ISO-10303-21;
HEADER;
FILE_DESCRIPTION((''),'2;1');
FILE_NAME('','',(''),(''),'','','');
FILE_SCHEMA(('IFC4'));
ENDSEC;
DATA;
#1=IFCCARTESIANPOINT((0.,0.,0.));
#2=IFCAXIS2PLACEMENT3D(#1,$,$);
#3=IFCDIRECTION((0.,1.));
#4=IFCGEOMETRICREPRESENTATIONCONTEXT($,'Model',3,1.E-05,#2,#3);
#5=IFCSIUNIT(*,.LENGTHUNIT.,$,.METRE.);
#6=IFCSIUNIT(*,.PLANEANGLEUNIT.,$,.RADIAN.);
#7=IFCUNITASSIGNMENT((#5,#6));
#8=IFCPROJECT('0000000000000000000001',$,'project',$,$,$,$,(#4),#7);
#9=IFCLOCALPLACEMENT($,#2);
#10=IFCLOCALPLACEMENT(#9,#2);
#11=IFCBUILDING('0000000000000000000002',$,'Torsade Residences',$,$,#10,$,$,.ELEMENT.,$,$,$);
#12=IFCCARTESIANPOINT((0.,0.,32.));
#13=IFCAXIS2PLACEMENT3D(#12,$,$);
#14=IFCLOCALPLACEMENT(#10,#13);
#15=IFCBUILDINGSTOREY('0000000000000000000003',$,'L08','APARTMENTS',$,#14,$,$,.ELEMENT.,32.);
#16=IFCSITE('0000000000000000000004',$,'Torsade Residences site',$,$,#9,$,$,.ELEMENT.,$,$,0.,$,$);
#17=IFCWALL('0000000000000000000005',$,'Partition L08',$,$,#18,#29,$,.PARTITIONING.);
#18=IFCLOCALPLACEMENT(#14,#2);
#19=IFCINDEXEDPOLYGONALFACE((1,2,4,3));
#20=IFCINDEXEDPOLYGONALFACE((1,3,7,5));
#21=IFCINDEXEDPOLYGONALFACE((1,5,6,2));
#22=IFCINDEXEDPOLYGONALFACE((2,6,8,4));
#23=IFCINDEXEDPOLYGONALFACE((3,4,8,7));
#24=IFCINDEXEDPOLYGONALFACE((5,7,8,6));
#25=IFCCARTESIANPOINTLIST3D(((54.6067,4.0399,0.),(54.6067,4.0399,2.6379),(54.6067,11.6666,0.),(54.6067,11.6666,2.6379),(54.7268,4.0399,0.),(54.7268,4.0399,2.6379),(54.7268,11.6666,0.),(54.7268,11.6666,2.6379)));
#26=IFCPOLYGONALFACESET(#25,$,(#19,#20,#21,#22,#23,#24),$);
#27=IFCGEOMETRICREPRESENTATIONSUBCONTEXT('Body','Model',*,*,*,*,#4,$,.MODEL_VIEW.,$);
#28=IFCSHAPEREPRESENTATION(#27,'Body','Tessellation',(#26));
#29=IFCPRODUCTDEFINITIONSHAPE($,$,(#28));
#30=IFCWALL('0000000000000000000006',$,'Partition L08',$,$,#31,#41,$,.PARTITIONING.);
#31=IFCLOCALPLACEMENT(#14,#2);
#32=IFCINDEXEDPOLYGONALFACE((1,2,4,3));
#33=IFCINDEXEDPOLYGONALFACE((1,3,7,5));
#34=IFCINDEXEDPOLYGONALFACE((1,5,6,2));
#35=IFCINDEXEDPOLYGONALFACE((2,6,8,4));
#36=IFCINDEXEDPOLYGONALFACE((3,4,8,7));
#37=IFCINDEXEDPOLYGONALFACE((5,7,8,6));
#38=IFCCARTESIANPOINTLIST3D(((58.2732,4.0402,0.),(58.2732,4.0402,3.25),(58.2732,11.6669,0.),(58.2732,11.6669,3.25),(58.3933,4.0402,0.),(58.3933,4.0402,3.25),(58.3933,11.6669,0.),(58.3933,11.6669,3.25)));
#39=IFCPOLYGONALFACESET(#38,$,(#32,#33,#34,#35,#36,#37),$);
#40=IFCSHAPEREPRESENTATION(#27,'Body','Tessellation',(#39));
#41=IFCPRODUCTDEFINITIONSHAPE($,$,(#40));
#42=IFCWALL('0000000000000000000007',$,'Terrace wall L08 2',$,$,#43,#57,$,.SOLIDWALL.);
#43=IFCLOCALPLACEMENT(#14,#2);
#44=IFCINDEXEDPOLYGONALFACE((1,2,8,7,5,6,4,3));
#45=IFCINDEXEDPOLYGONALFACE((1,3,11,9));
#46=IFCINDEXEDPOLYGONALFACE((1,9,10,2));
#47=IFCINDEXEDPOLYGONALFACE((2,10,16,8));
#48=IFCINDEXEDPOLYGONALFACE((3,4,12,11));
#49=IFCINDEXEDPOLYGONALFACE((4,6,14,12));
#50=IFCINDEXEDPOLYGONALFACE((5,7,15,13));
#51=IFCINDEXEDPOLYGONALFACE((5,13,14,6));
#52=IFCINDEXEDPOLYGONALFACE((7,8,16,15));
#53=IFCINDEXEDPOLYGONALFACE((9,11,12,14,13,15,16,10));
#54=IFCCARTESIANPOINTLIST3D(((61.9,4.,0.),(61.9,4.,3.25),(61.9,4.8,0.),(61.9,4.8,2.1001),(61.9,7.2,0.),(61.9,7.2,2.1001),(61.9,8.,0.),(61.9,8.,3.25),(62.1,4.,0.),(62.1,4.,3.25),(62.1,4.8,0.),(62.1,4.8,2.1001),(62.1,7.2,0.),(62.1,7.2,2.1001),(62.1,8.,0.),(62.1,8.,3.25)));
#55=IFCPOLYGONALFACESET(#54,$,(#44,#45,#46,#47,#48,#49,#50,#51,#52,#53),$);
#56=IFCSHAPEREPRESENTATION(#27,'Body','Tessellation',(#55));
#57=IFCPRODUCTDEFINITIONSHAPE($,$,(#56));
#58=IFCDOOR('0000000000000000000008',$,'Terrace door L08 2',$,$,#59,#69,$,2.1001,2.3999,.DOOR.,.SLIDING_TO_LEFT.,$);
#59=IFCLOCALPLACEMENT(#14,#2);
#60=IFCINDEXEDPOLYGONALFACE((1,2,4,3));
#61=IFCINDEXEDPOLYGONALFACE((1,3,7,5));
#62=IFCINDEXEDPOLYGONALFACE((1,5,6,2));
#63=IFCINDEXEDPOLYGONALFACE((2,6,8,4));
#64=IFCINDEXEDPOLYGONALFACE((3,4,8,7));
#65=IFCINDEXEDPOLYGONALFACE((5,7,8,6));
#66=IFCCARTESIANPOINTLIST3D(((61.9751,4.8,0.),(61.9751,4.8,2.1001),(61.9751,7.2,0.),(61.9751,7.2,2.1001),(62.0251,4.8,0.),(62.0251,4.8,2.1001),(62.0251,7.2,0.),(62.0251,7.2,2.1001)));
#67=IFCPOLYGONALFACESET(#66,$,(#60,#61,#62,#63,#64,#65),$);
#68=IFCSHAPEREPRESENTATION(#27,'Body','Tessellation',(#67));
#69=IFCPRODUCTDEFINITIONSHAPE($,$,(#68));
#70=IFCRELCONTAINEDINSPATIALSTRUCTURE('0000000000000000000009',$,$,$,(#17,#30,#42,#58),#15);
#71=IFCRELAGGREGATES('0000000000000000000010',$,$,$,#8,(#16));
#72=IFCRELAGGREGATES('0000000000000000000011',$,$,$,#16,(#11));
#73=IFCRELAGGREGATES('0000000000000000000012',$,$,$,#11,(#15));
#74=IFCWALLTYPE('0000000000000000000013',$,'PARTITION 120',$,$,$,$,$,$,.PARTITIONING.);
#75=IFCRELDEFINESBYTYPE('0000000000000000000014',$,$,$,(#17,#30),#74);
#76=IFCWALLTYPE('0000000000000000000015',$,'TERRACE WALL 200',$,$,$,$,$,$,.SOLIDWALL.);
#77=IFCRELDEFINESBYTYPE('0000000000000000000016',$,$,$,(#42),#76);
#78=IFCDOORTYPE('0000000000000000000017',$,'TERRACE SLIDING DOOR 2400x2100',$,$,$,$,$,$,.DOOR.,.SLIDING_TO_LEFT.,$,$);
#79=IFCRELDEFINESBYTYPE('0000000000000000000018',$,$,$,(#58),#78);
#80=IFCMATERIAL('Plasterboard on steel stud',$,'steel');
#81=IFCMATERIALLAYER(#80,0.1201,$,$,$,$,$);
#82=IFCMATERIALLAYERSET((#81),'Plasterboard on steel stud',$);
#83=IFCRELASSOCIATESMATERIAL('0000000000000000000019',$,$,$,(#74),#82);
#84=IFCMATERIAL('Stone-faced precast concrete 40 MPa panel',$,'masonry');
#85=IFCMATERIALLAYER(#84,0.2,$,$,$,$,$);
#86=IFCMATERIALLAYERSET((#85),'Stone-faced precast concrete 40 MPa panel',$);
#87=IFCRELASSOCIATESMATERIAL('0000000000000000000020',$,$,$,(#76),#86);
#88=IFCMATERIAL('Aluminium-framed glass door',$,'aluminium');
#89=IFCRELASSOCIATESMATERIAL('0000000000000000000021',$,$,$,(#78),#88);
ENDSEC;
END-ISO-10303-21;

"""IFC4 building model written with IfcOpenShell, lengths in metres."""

from ifc_helpers import new_model, si_unit, direction, frame, frame_2d, origin, place, context, subcontext, project, spatial, rectangle, extrude, material, layer, layer_set, type_object, element, fill, save


model = new_model("IFC4")

# Units and contexts
model_context = context("Model", 3, precision=1e-05, world=origin(), true_north=direction((0.0, 1.0)))
body_context = subcontext(model_context, "Body", "Model", "MODEL_VIEW")
ifc_project = project(units=[si_unit("LENGTHUNIT", "METRE"), si_unit("PLANEANGLEUNIT", "RADIAN")], contexts=[model_context])

# Site, building, storey
site_placement = place(None, origin())
site = spatial("IfcSite", under=ifc_project, at=site_placement, Name="Torsade Residences site", CompositionType="ELEMENT", RefElevation=0.0)
building_placement = place(site_placement, origin())
building = spatial("IfcBuilding", under=site, at=building_placement, Name="Torsade Residences", CompositionType="ELEMENT")
storey_placement = place(building_placement, frame((0.0, 0.0, 32.0)))
storey = spatial("IfcBuildingStorey", under=building, at=storey_placement, Name="L08", Description="APARTMENTS", CompositionType="ELEMENT", Elevation=32.0)

# Shared definitions
ifc_material_1 = material(Name="Plasterboard on steel stud", Category="steel")
ifc_layer_1 = layer(ifc_material_1, 0.1201)
ifc_layer_set_1 = layer_set([ifc_layer_1], Name="Plasterboard on steel stud")
wall_type_1 = type_object("IfcWallType", Name="PARTITION 120", PredefinedType="PARTITIONING", material=ifc_layer_set_1)

# Walls
wall_1_placement = place(storey_placement, frame((54.6667, 11.6667, 0.0), z_axis=(0.0, 0.0, 1.0), x_axis=(0.0, -1.0, 0.0)))
element("IfcWall", 1, at=wall_1_placement, inside=storey, type_object=wall_type_1, Name="Partition L08", PredefinedType="PARTITIONING", context=body_context, shape_type="SweptSolid", body=[
    extrude(rectangle(XDim=7.6267, YDim=0.1201, at=frame_2d((3.8135, 0.0))), origin(), (0.0, 0.0, 1.0), 2.6379),
])
wall_2_placement = place(storey_placement, frame((58.3333, 4.04, 0.0), z_axis=(0.0, 0.0, 1.0), x_axis=(0.0, 1.0, 0.0)))
element("IfcWall", 2, at=wall_2_placement, inside=storey, type_object=wall_type_1, Name="Partition L08", PredefinedType="PARTITIONING", context=body_context, shape_type="SweptSolid", body=[
    extrude(rectangle(XDim=7.6267, YDim=0.1201, at=frame_2d((3.8135, 0.0))), origin(), (0.0, 0.0, 1.0), 3.25),
])

# Wall, opening, door
ifc_material_2 = material(Name="Stone-faced precast concrete 40 MPa panel", Category="masonry")
ifc_layer_2 = layer(ifc_material_2, 0.2)
ifc_layer_set_2 = layer_set([ifc_layer_2], Name="Stone-faced precast concrete 40 MPa panel")
wall_type_2 = type_object("IfcWallType", Name="TERRACE WALL 200", PredefinedType="SOLIDWALL", material=ifc_layer_set_2)
wall_3_placement = place(storey_placement, frame((62.0, 4.0, 0.0), z_axis=(0.0, 0.0, 1.0), x_axis=(0.0, 1.0, 0.0)))
wall_3 = element("IfcWall", 3, at=wall_3_placement, inside=storey, type_object=wall_type_2, Name="Terrace wall L08 2", PredefinedType="SOLIDWALL", context=body_context, shape_type="SweptSolid", body=[
    extrude(rectangle(XDim=4.0, YDim=0.2, at=frame_2d((2.0, 0.0))), origin(), (0.0, 0.0, 1.0), 3.25),
])
opening_1_placement = place(wall_3_placement, frame((0.8, 0.0, 0.0)))
opening_1 = element("IfcOpeningElement", 4, at=opening_1_placement, cuts=wall_3, PredefinedType="OPENING", context=body_context, shape_type="SweptSolid", body=[
    extrude(rectangle(XDim=2.3999, YDim=2.1001, at=frame_2d((1.2, 1.05))), frame((0.0, 0.1099, 0.0), z_axis=(0.0, -1.0, 0.0), x_axis=(1.0, 0.0, 0.0)), (0.0, 0.0, 1.0), 0.22),
])
ifc_material_3 = material(Name="Aluminium-framed glass door", Category="aluminium")
door_type_1 = type_object("IfcDoorType", Name="TERRACE SLIDING DOOR 2400x2100", OperationType="SLIDING_TO_LEFT", PredefinedType="DOOR", material=ifc_material_3)
door_1_placement = place(opening_1_placement, origin())
door_1 = element("IfcDoor", 5, at=door_1_placement, inside=storey, type_object=door_type_1, Name="Terrace door L08 2", OperationType="SLIDING_TO_LEFT", OverallHeight=2.1001, OverallWidth=2.3999, PredefinedType="DOOR", context=body_context, shape_type="SweptSolid", body=[
    extrude(rectangle(XDim=2.3999, YDim=2.1001, at=frame_2d((1.2, 1.05))), frame((0.0, 0.0249, 0.0), z_axis=(0.0, -1.0, 0.0), x_axis=(1.0, 0.0, 0.0)), (0.0, 0.0, 1.0), 0.05),
])
fill(opening_1, door_1)

save(model, "model.ifc")
